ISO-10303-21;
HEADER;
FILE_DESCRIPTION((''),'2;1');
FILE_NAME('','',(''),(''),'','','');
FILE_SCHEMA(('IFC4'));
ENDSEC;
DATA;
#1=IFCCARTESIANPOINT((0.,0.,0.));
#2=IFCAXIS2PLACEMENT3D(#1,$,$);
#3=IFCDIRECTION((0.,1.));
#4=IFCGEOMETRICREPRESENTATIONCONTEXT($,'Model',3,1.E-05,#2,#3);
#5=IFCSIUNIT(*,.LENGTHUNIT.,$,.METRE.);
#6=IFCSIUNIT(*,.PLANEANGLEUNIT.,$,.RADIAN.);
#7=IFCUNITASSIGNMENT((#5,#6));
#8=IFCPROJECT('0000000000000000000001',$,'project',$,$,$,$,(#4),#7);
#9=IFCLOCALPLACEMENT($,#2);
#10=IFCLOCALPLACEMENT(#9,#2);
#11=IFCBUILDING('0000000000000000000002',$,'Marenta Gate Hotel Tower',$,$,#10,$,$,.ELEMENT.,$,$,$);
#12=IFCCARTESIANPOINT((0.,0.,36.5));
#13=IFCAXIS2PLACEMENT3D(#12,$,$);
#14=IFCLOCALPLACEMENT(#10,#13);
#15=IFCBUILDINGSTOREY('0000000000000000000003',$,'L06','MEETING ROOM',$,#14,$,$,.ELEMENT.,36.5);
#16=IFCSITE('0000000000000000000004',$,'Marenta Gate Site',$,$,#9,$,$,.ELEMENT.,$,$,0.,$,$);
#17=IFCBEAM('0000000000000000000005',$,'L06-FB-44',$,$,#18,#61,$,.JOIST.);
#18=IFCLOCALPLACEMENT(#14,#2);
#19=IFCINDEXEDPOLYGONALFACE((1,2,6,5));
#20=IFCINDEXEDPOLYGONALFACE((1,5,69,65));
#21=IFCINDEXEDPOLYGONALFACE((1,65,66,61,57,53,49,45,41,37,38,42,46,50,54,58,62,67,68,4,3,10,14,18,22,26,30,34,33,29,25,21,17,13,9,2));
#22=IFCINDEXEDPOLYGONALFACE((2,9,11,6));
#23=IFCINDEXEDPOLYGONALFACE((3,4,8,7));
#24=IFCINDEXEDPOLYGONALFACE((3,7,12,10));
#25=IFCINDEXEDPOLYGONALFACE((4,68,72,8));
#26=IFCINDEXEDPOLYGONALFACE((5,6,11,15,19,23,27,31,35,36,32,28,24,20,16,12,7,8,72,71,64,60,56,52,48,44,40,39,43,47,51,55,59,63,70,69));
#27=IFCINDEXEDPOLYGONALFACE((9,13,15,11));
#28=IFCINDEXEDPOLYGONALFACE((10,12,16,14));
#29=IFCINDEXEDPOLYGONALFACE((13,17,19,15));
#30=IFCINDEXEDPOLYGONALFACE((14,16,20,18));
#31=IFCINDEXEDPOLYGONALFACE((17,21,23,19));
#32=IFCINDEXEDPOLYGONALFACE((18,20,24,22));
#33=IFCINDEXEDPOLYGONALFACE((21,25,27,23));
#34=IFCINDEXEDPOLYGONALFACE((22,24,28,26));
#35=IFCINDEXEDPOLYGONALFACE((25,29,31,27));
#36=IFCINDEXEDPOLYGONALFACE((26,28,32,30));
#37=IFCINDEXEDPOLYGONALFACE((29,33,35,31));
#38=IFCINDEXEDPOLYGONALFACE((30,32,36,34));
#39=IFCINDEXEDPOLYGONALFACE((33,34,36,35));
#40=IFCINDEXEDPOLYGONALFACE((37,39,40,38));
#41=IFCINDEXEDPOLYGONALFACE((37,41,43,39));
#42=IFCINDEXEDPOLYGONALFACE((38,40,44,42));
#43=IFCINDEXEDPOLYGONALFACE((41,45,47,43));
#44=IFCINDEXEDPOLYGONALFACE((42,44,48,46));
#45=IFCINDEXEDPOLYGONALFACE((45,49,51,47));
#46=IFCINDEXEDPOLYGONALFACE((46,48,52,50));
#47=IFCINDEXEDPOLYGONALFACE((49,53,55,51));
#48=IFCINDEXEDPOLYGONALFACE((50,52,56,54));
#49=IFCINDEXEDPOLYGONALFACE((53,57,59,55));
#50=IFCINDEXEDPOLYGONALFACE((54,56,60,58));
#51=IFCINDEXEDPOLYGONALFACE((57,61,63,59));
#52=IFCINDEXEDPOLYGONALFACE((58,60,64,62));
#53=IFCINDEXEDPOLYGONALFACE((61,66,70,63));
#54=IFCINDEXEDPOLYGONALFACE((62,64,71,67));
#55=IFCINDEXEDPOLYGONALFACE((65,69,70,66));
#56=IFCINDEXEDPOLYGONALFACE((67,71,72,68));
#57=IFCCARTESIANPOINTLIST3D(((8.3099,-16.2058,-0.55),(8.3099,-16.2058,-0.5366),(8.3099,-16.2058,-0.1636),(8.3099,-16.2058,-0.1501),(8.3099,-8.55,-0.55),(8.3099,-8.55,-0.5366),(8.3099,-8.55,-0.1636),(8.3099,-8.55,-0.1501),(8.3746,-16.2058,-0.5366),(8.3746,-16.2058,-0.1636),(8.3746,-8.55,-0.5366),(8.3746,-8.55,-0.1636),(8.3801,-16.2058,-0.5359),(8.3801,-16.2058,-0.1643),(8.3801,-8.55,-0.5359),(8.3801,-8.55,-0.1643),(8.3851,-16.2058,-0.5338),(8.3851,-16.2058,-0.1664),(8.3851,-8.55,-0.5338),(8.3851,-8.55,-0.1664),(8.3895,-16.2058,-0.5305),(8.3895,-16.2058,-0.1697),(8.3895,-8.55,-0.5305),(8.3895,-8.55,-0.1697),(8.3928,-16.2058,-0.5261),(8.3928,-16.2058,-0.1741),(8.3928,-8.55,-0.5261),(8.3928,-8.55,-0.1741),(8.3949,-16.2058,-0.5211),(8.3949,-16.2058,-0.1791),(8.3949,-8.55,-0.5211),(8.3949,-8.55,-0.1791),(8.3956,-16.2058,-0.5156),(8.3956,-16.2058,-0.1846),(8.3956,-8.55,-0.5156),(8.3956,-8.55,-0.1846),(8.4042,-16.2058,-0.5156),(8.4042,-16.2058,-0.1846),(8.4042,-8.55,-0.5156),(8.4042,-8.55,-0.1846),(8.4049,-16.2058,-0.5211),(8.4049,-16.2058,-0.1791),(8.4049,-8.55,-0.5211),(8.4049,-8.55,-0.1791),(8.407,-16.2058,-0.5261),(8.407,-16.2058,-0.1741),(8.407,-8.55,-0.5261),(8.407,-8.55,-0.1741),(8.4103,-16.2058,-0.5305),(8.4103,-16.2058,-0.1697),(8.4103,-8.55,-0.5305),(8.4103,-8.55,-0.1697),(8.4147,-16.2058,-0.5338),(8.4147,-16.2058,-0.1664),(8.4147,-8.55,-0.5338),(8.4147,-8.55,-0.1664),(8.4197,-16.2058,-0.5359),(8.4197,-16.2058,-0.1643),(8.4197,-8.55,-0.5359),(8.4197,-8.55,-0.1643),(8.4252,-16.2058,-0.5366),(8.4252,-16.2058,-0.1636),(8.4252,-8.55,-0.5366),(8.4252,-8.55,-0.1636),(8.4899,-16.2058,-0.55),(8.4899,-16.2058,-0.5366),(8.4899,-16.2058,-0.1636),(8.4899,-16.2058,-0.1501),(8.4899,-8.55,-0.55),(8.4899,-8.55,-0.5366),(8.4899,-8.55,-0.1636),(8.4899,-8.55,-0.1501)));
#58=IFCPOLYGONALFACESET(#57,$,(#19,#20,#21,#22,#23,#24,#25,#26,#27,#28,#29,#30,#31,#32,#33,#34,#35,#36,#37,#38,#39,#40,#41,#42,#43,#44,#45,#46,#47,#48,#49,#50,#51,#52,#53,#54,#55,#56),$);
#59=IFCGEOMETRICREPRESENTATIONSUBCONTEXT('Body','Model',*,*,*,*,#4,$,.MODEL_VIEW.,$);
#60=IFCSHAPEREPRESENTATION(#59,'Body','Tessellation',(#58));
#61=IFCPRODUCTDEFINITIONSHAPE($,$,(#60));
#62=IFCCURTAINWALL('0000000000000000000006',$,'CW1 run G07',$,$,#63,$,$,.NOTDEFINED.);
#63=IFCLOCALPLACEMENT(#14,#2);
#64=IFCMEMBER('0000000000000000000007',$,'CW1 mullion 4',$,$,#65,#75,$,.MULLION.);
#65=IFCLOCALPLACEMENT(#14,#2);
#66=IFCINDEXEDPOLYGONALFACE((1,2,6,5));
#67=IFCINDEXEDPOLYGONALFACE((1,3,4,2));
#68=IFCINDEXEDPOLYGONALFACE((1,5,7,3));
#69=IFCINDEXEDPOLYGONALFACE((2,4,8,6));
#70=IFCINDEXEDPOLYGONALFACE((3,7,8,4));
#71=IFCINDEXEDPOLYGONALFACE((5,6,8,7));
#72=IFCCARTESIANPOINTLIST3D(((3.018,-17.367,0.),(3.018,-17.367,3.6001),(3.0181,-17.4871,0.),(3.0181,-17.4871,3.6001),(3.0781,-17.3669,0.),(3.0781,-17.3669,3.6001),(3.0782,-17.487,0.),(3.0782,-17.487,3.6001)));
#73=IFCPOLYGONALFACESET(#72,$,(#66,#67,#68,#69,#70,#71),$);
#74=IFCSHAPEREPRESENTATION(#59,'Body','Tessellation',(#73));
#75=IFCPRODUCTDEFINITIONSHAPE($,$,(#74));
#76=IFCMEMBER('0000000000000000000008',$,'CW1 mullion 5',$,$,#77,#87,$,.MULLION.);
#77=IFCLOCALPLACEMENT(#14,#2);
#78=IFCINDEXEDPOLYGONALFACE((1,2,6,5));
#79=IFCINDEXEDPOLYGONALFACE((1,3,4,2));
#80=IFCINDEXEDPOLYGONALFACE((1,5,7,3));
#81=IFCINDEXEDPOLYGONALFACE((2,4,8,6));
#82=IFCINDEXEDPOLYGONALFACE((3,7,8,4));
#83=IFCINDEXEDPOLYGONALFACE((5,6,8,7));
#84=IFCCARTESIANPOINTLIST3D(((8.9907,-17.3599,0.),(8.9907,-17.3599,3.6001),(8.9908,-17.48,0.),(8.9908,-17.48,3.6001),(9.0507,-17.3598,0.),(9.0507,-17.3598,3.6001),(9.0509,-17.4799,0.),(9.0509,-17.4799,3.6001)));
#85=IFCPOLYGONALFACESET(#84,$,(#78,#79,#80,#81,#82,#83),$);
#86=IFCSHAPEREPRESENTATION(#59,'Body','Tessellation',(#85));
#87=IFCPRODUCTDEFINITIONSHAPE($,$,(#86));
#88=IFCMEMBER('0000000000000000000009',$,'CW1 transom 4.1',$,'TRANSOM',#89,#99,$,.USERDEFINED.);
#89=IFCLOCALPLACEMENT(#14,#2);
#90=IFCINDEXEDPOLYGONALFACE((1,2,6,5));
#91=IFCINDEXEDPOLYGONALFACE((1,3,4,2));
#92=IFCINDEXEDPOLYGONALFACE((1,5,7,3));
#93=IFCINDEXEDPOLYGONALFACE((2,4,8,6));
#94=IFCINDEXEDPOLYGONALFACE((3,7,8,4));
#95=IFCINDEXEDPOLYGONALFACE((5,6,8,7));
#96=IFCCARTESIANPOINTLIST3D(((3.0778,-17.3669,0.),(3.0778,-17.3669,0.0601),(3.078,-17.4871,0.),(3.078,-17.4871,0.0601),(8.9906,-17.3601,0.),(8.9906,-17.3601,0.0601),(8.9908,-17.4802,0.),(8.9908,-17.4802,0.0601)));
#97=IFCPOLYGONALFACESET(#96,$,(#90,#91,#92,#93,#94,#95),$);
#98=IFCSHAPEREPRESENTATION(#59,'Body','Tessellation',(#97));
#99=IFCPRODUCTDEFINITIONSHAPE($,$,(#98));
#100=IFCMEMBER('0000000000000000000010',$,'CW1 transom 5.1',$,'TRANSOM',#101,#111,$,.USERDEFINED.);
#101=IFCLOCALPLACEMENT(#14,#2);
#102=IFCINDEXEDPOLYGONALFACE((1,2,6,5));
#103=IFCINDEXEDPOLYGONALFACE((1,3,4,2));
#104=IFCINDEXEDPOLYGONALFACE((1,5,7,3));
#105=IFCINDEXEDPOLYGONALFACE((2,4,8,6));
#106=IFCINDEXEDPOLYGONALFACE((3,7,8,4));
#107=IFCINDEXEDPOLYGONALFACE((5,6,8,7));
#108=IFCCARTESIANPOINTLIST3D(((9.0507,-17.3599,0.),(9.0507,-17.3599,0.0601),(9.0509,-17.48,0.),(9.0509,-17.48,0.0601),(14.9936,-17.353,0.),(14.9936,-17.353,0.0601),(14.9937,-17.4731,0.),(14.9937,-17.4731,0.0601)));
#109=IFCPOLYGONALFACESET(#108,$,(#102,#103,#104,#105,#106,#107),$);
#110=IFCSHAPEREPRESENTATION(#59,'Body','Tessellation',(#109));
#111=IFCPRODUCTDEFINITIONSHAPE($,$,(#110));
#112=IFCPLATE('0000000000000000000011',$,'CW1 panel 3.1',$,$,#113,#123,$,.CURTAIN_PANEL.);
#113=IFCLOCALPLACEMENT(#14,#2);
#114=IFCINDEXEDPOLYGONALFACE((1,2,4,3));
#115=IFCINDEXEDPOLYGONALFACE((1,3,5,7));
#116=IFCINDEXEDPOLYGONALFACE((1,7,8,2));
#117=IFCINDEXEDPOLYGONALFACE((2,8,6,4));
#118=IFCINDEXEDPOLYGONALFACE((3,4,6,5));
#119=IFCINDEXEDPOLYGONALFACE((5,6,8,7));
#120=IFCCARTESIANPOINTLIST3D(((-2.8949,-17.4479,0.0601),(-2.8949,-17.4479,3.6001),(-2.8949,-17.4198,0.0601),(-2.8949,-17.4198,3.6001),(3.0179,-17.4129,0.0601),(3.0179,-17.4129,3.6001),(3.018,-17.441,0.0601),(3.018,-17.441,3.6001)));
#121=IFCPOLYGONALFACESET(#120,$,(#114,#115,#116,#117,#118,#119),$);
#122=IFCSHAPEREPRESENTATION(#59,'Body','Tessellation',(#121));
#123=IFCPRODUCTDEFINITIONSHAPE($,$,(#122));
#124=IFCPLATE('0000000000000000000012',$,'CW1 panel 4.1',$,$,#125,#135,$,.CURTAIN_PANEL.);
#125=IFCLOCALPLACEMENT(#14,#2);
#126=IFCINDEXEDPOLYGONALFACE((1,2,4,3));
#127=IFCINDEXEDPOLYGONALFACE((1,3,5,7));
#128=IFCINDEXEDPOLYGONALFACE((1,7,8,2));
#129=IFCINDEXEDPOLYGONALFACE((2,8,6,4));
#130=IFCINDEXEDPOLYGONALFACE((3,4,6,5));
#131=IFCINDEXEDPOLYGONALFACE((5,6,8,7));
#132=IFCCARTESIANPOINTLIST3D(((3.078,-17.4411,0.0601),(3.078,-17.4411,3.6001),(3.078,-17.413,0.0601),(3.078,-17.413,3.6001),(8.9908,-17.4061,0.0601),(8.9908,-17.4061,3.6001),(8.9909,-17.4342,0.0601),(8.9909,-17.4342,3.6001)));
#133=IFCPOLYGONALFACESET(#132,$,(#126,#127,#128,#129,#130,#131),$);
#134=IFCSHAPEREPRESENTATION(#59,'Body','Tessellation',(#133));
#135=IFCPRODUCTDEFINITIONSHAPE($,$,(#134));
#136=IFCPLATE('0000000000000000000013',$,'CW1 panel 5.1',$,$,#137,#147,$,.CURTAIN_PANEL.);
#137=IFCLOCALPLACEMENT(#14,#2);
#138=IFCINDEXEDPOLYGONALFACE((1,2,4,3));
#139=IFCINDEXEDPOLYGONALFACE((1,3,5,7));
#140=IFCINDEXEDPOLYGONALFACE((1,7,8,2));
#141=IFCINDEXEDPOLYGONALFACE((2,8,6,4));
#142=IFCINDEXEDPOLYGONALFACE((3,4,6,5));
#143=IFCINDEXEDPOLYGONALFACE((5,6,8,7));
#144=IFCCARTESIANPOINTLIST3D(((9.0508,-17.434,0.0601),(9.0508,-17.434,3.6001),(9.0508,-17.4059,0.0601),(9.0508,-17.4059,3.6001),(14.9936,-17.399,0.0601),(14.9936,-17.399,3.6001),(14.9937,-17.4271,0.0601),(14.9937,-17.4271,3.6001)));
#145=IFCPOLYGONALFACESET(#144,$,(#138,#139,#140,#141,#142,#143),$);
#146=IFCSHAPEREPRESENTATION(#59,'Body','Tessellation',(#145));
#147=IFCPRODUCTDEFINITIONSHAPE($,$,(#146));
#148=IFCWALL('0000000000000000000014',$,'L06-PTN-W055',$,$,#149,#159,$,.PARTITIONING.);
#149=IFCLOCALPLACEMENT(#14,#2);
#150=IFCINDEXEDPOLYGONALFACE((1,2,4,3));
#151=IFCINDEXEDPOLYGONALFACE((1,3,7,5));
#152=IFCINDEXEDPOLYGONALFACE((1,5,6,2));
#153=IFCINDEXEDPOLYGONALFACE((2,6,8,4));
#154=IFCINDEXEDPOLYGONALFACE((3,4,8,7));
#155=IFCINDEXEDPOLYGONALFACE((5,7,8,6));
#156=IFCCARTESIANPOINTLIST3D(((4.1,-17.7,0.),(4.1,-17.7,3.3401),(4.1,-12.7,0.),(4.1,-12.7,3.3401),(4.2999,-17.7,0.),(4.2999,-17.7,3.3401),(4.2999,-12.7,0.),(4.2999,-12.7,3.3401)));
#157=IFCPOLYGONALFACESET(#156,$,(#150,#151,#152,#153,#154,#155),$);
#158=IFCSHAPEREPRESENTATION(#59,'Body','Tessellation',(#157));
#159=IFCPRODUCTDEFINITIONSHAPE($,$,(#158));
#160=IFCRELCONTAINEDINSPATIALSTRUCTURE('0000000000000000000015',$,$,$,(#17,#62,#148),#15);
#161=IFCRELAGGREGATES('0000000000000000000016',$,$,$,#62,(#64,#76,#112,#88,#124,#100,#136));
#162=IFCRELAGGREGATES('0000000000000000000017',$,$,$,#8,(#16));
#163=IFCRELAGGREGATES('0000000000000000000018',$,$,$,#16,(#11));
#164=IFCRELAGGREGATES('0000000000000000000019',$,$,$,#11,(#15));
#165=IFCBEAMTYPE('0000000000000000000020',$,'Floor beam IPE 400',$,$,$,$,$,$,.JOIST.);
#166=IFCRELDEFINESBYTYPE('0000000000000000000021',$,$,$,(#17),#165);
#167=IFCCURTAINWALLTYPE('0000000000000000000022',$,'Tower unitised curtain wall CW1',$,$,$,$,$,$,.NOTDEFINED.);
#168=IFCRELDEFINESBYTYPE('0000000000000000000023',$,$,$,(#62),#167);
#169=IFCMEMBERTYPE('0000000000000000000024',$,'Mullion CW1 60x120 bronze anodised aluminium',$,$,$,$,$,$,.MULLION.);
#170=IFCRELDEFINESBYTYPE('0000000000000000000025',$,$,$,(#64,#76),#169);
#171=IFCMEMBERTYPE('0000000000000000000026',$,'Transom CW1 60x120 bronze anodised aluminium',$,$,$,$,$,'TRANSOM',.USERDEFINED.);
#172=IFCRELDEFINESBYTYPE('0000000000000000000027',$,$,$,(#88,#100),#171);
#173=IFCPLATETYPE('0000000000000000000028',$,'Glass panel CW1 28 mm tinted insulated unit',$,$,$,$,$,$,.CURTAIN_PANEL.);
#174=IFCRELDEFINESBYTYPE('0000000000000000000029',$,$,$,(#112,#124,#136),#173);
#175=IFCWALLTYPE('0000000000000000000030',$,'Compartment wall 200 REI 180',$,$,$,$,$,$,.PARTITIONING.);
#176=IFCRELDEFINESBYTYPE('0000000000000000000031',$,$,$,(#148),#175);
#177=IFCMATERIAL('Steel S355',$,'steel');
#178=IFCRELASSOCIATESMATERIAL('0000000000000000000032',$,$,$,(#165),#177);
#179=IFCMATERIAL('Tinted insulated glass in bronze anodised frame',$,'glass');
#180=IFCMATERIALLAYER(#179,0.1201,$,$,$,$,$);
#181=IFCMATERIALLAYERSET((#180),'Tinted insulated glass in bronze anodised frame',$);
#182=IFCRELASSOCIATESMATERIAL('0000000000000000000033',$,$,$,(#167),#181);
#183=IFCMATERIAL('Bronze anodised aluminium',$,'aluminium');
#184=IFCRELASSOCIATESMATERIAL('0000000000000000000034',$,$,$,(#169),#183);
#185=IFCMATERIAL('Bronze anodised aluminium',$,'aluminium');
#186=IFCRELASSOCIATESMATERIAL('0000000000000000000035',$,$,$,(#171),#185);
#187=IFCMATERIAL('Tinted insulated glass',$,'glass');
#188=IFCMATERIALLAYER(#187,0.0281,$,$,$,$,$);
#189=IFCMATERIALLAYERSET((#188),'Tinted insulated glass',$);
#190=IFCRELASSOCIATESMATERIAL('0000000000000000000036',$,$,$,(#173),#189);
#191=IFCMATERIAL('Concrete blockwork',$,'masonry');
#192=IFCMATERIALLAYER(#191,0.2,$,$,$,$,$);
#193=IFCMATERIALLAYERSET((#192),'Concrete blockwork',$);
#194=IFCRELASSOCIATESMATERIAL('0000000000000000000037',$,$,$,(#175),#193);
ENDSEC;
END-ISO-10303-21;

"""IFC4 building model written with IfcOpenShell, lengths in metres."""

from ifc_helpers import new_model, si_unit, direction, frame, frame_2d, origin, origin_2d, place, context, subcontext, project, spatial, rectangle, i_section, extrude, material, layer, layer_set, material_profile, profile_set, type_object, element, aggregate, save


model = new_model("IFC4")

# Units and contexts
model_context = context("Model", 3, precision=1e-05, world=origin(), true_north=direction((0.0, 1.0)))
body_context = subcontext(model_context, "Body", "Model", "MODEL_VIEW")
ifc_project = project(units=[si_unit("LENGTHUNIT", "METRE"), si_unit("PLANEANGLEUNIT", "RADIAN")], contexts=[model_context])

# Site, building, storey
site_placement = place(None, origin())
site = spatial("IfcSite", under=ifc_project, at=site_placement, Name="Marenta Gate Site", CompositionType="ELEMENT", RefElevation=0.0)
building_placement = place(site_placement, origin())
building = spatial("IfcBuilding", under=site, at=building_placement, Name="Marenta Gate Hotel Tower", CompositionType="ELEMENT")
storey_placement = place(building_placement, frame((0.0, 0.0, 36.5)))
storey = spatial("IfcBuildingStorey", under=building, at=storey_placement, Name="L06", Description="MEETING ROOM", CompositionType="ELEMENT", Elevation=36.5)

# Beam
ifc_material_1 = material(Name="Steel S355", Category="steel")
ifc_material_profile_1 = material_profile(ifc_material_1, i_section(OverallWidth=0.1799, OverallDepth=0.3999, WebThickness=0.0085, FlangeThickness=0.0134, FilletRadius=0.021, at=origin_2d()), Name="IPE 400")
ifc_profile_set_1 = profile_set([ifc_material_profile_1], Name="Steel S355")
beam_type_1 = type_object("IfcBeamType", Name="Floor beam IPE 400", PredefinedType="JOIST", material=ifc_profile_set_1)
beam_1_placement = place(storey_placement, frame((8.3999, -16.2058, -0.3501), z_axis=(0.0, 1.0, 0.0), x_axis=(-1.0, 0.0, 0.0)))
element("IfcBeam", 1, at=beam_1_placement, inside=storey, type_object=beam_type_1, Name="L06-FB-44", PredefinedType="JOIST", context=body_context, shape_type="SweptSolid", body=[
    extrude(i_section(OverallWidth=0.1799, OverallDepth=0.3999, WebThickness=0.0085, FlangeThickness=0.0134, FilletRadius=0.021, at=origin_2d()), origin(), (0.0, 0.0, 1.0), 7.6558),
])

# Curtain wall, members, plates
ifc_material_2 = material(Name="Tinted insulated glass in bronze anodised frame", Category="glass")
ifc_layer_1 = layer(ifc_material_2, 0.1201)
ifc_layer_set_1 = layer_set([ifc_layer_1], Name="Tinted insulated glass in bronze anodised frame")
curtain_wall_type = type_object("IfcCurtainWallType", Name="Tower unitised curtain wall CW1", PredefinedType="NOTDEFINED", material=ifc_layer_set_1)
curtain_wall_placement = place(storey_placement, origin())
curtain_wall = element("IfcCurtainWall", 2, at=curtain_wall_placement, inside=storey, type_object=curtain_wall_type, Name="CW1 run G07", PredefinedType="NOTDEFINED")
ifc_material_3 = material(Name="Bronze anodised aluminium", Category="aluminium")
ifc_material_profile_2 = material_profile(ifc_material_3, rectangle(XDim=0.1201, YDim=0.0601, at=origin_2d()), Name="Mullion CW1 60x120 bronze anodised aluminium")
ifc_profile_set_2 = profile_set([ifc_material_profile_2], Name="Bronze anodised aluminium")
member_type_1 = type_object("IfcMemberType", Name="Mullion CW1 60x120 bronze anodised aluminium", PredefinedType="MULLION", material=ifc_profile_set_2)
member_1_placement = place(storey_placement, frame((3.0481, -17.427, 0.0), z_axis=(0.0, 0.0, 1.0), x_axis=(-0.001162, 0.999999, 0.0)))
member_1 = element("IfcMember", 3, at=member_1_placement, type_object=member_type_1, Name="CW1 mullion 4", PredefinedType="MULLION", context=body_context, shape_type="SweptSolid", body=[
    extrude(rectangle(XDim=0.1201, YDim=0.0601, at=origin_2d()), origin(), (0.0, 0.0, 1.0), 3.6001),
])
member_2_placement = place(storey_placement, frame((9.0208, -17.4199, 0.0), z_axis=(0.0, 0.0, 1.0), x_axis=(-0.001162, 0.999999, 0.0)))
member_2 = element("IfcMember", 4, at=member_2_placement, type_object=member_type_1, Name="CW1 mullion 5", PredefinedType="MULLION", context=body_context, shape_type="SweptSolid", body=[
    extrude(rectangle(XDim=0.1201, YDim=0.0601, at=origin_2d()), origin(), (0.0, 0.0, 1.0), 3.6001),
])
ifc_material_4 = material(Name="Bronze anodised aluminium", Category="aluminium")
ifc_material_profile_3 = material_profile(ifc_material_4, rectangle(XDim=0.1201, YDim=0.0601, at=origin_2d()), Name="Transom CW1 60x120 bronze anodised aluminium")
ifc_profile_set_3 = profile_set([ifc_material_profile_3], Name="Bronze anodised aluminium")
member_type_2 = type_object("IfcMemberType", Name="Transom CW1 60x120 bronze anodised aluminium", ElementType="TRANSOM", PredefinedType="USERDEFINED", material=ifc_profile_set_3)
member_3_placement = place(storey_placement, frame((3.0779, -17.427, 0.03), z_axis=(0.999999, 0.001156, 0.0), x_axis=(-0.001156, 0.999999, 0.0)))
member_3 = element("IfcMember", 5, at=member_3_placement, type_object=member_type_2, Name="CW1 transom 4.1", ObjectType="TRANSOM", PredefinedType="USERDEFINED", context=body_context, shape_type="SweptSolid", body=[
    extrude(rectangle(XDim=0.1201, YDim=0.0601, at=origin_2d()), origin(), (0.0, 0.0, 1.0), 5.9128),
])
member_4_placement = place(storey_placement, frame((9.0508, -17.4199, 0.03), z_axis=(0.999999, 0.00115, 0.0), x_axis=(-0.00115, 0.999999, 0.0)))
member_4 = element("IfcMember", 6, at=member_4_placement, type_object=member_type_2, Name="CW1 transom 5.1", ObjectType="TRANSOM", PredefinedType="USERDEFINED", context=body_context, shape_type="SweptSolid", body=[
    extrude(rectangle(XDim=0.1201, YDim=0.0601, at=origin_2d()), origin(), (0.0, 0.0, 1.0), 5.9429),
])
ifc_material_5 = material(Name="Tinted insulated glass", Category="glass")
ifc_layer_2 = layer(ifc_material_5, 0.0281)
ifc_layer_set_2 = layer_set([ifc_layer_2], Name="Tinted insulated glass")
plate_type = type_object("IfcPlateType", Name="Glass panel CW1 28 mm tinted insulated unit", PredefinedType="CURTAIN_PANEL", material=ifc_layer_set_2)
plate_1_placement = place(storey_placement, frame((0.0615, -17.4304, 0.0601), z_axis=(0.0, 0.0, 1.0), x_axis=(0.999999, 0.001162, 0.0)))
plate_1 = element("IfcPlate", 7, at=plate_1_placement, type_object=plate_type, Name="CW1 panel 3.1", PredefinedType="CURTAIN_PANEL", context=body_context, shape_type="SweptSolid", body=[
    extrude(rectangle(XDim=5.9128, YDim=0.0281, at=origin_2d()), origin(), (0.0, 0.0, 1.0), 3.54),
])
plate_2_placement = place(storey_placement, frame((6.0344, -17.4236, 0.0601), z_axis=(0.0, 0.0, 1.0), x_axis=(0.999999, 0.001162, 0.0)))
plate_2 = element("IfcPlate", 8, at=plate_2_placement, type_object=plate_type, Name="CW1 panel 4.1", PredefinedType="CURTAIN_PANEL", context=body_context, shape_type="SweptSolid", body=[
    extrude(rectangle(XDim=5.9128, YDim=0.0281, at=origin_2d()), origin(), (0.0, 0.0, 1.0), 3.54),
])
plate_3_placement = place(storey_placement, frame((12.0222, -17.4165, 0.0601), z_axis=(0.0, 0.0, 1.0), x_axis=(0.999999, 0.001162, 0.0)))
plate_3 = element("IfcPlate", 9, at=plate_3_placement, type_object=plate_type, Name="CW1 panel 5.1", PredefinedType="CURTAIN_PANEL", context=body_context, shape_type="SweptSolid", body=[
    extrude(rectangle(XDim=5.9429, YDim=0.0281, at=origin_2d()), origin(), (0.0, 0.0, 1.0), 3.54),
])
aggregate(curtain_wall, [member_1, member_2, plate_1, member_3, plate_2, member_4, plate_3])

# Wall
ifc_material_6 = material(Name="Concrete blockwork", Category="masonry")
ifc_layer_3 = layer(ifc_material_6, 0.2)
ifc_layer_set_3 = layer_set([ifc_layer_3], Name="Concrete blockwork")
wall_type_1 = type_object("IfcWallType", Name="Compartment wall 200 REI 180", PredefinedType="PARTITIONING", material=ifc_layer_set_3)
wall_1_placement = place(storey_placement, frame((4.2, -17.7, 0.0), z_axis=(0.0, 0.0, 1.0), x_axis=(0.0, 1.0, 0.0)))
element("IfcWall", 10, at=wall_1_placement, inside=storey, type_object=wall_type_1, Name="L06-PTN-W055", PredefinedType="PARTITIONING", context=body_context, shape_type="SweptSolid", body=[
    extrude(rectangle(XDim=5.0, YDim=0.2, at=frame_2d((2.5, 0.0))), origin(), (0.0, 0.0, 1.0), 3.3401),
])

save(model, "model.ifc")
